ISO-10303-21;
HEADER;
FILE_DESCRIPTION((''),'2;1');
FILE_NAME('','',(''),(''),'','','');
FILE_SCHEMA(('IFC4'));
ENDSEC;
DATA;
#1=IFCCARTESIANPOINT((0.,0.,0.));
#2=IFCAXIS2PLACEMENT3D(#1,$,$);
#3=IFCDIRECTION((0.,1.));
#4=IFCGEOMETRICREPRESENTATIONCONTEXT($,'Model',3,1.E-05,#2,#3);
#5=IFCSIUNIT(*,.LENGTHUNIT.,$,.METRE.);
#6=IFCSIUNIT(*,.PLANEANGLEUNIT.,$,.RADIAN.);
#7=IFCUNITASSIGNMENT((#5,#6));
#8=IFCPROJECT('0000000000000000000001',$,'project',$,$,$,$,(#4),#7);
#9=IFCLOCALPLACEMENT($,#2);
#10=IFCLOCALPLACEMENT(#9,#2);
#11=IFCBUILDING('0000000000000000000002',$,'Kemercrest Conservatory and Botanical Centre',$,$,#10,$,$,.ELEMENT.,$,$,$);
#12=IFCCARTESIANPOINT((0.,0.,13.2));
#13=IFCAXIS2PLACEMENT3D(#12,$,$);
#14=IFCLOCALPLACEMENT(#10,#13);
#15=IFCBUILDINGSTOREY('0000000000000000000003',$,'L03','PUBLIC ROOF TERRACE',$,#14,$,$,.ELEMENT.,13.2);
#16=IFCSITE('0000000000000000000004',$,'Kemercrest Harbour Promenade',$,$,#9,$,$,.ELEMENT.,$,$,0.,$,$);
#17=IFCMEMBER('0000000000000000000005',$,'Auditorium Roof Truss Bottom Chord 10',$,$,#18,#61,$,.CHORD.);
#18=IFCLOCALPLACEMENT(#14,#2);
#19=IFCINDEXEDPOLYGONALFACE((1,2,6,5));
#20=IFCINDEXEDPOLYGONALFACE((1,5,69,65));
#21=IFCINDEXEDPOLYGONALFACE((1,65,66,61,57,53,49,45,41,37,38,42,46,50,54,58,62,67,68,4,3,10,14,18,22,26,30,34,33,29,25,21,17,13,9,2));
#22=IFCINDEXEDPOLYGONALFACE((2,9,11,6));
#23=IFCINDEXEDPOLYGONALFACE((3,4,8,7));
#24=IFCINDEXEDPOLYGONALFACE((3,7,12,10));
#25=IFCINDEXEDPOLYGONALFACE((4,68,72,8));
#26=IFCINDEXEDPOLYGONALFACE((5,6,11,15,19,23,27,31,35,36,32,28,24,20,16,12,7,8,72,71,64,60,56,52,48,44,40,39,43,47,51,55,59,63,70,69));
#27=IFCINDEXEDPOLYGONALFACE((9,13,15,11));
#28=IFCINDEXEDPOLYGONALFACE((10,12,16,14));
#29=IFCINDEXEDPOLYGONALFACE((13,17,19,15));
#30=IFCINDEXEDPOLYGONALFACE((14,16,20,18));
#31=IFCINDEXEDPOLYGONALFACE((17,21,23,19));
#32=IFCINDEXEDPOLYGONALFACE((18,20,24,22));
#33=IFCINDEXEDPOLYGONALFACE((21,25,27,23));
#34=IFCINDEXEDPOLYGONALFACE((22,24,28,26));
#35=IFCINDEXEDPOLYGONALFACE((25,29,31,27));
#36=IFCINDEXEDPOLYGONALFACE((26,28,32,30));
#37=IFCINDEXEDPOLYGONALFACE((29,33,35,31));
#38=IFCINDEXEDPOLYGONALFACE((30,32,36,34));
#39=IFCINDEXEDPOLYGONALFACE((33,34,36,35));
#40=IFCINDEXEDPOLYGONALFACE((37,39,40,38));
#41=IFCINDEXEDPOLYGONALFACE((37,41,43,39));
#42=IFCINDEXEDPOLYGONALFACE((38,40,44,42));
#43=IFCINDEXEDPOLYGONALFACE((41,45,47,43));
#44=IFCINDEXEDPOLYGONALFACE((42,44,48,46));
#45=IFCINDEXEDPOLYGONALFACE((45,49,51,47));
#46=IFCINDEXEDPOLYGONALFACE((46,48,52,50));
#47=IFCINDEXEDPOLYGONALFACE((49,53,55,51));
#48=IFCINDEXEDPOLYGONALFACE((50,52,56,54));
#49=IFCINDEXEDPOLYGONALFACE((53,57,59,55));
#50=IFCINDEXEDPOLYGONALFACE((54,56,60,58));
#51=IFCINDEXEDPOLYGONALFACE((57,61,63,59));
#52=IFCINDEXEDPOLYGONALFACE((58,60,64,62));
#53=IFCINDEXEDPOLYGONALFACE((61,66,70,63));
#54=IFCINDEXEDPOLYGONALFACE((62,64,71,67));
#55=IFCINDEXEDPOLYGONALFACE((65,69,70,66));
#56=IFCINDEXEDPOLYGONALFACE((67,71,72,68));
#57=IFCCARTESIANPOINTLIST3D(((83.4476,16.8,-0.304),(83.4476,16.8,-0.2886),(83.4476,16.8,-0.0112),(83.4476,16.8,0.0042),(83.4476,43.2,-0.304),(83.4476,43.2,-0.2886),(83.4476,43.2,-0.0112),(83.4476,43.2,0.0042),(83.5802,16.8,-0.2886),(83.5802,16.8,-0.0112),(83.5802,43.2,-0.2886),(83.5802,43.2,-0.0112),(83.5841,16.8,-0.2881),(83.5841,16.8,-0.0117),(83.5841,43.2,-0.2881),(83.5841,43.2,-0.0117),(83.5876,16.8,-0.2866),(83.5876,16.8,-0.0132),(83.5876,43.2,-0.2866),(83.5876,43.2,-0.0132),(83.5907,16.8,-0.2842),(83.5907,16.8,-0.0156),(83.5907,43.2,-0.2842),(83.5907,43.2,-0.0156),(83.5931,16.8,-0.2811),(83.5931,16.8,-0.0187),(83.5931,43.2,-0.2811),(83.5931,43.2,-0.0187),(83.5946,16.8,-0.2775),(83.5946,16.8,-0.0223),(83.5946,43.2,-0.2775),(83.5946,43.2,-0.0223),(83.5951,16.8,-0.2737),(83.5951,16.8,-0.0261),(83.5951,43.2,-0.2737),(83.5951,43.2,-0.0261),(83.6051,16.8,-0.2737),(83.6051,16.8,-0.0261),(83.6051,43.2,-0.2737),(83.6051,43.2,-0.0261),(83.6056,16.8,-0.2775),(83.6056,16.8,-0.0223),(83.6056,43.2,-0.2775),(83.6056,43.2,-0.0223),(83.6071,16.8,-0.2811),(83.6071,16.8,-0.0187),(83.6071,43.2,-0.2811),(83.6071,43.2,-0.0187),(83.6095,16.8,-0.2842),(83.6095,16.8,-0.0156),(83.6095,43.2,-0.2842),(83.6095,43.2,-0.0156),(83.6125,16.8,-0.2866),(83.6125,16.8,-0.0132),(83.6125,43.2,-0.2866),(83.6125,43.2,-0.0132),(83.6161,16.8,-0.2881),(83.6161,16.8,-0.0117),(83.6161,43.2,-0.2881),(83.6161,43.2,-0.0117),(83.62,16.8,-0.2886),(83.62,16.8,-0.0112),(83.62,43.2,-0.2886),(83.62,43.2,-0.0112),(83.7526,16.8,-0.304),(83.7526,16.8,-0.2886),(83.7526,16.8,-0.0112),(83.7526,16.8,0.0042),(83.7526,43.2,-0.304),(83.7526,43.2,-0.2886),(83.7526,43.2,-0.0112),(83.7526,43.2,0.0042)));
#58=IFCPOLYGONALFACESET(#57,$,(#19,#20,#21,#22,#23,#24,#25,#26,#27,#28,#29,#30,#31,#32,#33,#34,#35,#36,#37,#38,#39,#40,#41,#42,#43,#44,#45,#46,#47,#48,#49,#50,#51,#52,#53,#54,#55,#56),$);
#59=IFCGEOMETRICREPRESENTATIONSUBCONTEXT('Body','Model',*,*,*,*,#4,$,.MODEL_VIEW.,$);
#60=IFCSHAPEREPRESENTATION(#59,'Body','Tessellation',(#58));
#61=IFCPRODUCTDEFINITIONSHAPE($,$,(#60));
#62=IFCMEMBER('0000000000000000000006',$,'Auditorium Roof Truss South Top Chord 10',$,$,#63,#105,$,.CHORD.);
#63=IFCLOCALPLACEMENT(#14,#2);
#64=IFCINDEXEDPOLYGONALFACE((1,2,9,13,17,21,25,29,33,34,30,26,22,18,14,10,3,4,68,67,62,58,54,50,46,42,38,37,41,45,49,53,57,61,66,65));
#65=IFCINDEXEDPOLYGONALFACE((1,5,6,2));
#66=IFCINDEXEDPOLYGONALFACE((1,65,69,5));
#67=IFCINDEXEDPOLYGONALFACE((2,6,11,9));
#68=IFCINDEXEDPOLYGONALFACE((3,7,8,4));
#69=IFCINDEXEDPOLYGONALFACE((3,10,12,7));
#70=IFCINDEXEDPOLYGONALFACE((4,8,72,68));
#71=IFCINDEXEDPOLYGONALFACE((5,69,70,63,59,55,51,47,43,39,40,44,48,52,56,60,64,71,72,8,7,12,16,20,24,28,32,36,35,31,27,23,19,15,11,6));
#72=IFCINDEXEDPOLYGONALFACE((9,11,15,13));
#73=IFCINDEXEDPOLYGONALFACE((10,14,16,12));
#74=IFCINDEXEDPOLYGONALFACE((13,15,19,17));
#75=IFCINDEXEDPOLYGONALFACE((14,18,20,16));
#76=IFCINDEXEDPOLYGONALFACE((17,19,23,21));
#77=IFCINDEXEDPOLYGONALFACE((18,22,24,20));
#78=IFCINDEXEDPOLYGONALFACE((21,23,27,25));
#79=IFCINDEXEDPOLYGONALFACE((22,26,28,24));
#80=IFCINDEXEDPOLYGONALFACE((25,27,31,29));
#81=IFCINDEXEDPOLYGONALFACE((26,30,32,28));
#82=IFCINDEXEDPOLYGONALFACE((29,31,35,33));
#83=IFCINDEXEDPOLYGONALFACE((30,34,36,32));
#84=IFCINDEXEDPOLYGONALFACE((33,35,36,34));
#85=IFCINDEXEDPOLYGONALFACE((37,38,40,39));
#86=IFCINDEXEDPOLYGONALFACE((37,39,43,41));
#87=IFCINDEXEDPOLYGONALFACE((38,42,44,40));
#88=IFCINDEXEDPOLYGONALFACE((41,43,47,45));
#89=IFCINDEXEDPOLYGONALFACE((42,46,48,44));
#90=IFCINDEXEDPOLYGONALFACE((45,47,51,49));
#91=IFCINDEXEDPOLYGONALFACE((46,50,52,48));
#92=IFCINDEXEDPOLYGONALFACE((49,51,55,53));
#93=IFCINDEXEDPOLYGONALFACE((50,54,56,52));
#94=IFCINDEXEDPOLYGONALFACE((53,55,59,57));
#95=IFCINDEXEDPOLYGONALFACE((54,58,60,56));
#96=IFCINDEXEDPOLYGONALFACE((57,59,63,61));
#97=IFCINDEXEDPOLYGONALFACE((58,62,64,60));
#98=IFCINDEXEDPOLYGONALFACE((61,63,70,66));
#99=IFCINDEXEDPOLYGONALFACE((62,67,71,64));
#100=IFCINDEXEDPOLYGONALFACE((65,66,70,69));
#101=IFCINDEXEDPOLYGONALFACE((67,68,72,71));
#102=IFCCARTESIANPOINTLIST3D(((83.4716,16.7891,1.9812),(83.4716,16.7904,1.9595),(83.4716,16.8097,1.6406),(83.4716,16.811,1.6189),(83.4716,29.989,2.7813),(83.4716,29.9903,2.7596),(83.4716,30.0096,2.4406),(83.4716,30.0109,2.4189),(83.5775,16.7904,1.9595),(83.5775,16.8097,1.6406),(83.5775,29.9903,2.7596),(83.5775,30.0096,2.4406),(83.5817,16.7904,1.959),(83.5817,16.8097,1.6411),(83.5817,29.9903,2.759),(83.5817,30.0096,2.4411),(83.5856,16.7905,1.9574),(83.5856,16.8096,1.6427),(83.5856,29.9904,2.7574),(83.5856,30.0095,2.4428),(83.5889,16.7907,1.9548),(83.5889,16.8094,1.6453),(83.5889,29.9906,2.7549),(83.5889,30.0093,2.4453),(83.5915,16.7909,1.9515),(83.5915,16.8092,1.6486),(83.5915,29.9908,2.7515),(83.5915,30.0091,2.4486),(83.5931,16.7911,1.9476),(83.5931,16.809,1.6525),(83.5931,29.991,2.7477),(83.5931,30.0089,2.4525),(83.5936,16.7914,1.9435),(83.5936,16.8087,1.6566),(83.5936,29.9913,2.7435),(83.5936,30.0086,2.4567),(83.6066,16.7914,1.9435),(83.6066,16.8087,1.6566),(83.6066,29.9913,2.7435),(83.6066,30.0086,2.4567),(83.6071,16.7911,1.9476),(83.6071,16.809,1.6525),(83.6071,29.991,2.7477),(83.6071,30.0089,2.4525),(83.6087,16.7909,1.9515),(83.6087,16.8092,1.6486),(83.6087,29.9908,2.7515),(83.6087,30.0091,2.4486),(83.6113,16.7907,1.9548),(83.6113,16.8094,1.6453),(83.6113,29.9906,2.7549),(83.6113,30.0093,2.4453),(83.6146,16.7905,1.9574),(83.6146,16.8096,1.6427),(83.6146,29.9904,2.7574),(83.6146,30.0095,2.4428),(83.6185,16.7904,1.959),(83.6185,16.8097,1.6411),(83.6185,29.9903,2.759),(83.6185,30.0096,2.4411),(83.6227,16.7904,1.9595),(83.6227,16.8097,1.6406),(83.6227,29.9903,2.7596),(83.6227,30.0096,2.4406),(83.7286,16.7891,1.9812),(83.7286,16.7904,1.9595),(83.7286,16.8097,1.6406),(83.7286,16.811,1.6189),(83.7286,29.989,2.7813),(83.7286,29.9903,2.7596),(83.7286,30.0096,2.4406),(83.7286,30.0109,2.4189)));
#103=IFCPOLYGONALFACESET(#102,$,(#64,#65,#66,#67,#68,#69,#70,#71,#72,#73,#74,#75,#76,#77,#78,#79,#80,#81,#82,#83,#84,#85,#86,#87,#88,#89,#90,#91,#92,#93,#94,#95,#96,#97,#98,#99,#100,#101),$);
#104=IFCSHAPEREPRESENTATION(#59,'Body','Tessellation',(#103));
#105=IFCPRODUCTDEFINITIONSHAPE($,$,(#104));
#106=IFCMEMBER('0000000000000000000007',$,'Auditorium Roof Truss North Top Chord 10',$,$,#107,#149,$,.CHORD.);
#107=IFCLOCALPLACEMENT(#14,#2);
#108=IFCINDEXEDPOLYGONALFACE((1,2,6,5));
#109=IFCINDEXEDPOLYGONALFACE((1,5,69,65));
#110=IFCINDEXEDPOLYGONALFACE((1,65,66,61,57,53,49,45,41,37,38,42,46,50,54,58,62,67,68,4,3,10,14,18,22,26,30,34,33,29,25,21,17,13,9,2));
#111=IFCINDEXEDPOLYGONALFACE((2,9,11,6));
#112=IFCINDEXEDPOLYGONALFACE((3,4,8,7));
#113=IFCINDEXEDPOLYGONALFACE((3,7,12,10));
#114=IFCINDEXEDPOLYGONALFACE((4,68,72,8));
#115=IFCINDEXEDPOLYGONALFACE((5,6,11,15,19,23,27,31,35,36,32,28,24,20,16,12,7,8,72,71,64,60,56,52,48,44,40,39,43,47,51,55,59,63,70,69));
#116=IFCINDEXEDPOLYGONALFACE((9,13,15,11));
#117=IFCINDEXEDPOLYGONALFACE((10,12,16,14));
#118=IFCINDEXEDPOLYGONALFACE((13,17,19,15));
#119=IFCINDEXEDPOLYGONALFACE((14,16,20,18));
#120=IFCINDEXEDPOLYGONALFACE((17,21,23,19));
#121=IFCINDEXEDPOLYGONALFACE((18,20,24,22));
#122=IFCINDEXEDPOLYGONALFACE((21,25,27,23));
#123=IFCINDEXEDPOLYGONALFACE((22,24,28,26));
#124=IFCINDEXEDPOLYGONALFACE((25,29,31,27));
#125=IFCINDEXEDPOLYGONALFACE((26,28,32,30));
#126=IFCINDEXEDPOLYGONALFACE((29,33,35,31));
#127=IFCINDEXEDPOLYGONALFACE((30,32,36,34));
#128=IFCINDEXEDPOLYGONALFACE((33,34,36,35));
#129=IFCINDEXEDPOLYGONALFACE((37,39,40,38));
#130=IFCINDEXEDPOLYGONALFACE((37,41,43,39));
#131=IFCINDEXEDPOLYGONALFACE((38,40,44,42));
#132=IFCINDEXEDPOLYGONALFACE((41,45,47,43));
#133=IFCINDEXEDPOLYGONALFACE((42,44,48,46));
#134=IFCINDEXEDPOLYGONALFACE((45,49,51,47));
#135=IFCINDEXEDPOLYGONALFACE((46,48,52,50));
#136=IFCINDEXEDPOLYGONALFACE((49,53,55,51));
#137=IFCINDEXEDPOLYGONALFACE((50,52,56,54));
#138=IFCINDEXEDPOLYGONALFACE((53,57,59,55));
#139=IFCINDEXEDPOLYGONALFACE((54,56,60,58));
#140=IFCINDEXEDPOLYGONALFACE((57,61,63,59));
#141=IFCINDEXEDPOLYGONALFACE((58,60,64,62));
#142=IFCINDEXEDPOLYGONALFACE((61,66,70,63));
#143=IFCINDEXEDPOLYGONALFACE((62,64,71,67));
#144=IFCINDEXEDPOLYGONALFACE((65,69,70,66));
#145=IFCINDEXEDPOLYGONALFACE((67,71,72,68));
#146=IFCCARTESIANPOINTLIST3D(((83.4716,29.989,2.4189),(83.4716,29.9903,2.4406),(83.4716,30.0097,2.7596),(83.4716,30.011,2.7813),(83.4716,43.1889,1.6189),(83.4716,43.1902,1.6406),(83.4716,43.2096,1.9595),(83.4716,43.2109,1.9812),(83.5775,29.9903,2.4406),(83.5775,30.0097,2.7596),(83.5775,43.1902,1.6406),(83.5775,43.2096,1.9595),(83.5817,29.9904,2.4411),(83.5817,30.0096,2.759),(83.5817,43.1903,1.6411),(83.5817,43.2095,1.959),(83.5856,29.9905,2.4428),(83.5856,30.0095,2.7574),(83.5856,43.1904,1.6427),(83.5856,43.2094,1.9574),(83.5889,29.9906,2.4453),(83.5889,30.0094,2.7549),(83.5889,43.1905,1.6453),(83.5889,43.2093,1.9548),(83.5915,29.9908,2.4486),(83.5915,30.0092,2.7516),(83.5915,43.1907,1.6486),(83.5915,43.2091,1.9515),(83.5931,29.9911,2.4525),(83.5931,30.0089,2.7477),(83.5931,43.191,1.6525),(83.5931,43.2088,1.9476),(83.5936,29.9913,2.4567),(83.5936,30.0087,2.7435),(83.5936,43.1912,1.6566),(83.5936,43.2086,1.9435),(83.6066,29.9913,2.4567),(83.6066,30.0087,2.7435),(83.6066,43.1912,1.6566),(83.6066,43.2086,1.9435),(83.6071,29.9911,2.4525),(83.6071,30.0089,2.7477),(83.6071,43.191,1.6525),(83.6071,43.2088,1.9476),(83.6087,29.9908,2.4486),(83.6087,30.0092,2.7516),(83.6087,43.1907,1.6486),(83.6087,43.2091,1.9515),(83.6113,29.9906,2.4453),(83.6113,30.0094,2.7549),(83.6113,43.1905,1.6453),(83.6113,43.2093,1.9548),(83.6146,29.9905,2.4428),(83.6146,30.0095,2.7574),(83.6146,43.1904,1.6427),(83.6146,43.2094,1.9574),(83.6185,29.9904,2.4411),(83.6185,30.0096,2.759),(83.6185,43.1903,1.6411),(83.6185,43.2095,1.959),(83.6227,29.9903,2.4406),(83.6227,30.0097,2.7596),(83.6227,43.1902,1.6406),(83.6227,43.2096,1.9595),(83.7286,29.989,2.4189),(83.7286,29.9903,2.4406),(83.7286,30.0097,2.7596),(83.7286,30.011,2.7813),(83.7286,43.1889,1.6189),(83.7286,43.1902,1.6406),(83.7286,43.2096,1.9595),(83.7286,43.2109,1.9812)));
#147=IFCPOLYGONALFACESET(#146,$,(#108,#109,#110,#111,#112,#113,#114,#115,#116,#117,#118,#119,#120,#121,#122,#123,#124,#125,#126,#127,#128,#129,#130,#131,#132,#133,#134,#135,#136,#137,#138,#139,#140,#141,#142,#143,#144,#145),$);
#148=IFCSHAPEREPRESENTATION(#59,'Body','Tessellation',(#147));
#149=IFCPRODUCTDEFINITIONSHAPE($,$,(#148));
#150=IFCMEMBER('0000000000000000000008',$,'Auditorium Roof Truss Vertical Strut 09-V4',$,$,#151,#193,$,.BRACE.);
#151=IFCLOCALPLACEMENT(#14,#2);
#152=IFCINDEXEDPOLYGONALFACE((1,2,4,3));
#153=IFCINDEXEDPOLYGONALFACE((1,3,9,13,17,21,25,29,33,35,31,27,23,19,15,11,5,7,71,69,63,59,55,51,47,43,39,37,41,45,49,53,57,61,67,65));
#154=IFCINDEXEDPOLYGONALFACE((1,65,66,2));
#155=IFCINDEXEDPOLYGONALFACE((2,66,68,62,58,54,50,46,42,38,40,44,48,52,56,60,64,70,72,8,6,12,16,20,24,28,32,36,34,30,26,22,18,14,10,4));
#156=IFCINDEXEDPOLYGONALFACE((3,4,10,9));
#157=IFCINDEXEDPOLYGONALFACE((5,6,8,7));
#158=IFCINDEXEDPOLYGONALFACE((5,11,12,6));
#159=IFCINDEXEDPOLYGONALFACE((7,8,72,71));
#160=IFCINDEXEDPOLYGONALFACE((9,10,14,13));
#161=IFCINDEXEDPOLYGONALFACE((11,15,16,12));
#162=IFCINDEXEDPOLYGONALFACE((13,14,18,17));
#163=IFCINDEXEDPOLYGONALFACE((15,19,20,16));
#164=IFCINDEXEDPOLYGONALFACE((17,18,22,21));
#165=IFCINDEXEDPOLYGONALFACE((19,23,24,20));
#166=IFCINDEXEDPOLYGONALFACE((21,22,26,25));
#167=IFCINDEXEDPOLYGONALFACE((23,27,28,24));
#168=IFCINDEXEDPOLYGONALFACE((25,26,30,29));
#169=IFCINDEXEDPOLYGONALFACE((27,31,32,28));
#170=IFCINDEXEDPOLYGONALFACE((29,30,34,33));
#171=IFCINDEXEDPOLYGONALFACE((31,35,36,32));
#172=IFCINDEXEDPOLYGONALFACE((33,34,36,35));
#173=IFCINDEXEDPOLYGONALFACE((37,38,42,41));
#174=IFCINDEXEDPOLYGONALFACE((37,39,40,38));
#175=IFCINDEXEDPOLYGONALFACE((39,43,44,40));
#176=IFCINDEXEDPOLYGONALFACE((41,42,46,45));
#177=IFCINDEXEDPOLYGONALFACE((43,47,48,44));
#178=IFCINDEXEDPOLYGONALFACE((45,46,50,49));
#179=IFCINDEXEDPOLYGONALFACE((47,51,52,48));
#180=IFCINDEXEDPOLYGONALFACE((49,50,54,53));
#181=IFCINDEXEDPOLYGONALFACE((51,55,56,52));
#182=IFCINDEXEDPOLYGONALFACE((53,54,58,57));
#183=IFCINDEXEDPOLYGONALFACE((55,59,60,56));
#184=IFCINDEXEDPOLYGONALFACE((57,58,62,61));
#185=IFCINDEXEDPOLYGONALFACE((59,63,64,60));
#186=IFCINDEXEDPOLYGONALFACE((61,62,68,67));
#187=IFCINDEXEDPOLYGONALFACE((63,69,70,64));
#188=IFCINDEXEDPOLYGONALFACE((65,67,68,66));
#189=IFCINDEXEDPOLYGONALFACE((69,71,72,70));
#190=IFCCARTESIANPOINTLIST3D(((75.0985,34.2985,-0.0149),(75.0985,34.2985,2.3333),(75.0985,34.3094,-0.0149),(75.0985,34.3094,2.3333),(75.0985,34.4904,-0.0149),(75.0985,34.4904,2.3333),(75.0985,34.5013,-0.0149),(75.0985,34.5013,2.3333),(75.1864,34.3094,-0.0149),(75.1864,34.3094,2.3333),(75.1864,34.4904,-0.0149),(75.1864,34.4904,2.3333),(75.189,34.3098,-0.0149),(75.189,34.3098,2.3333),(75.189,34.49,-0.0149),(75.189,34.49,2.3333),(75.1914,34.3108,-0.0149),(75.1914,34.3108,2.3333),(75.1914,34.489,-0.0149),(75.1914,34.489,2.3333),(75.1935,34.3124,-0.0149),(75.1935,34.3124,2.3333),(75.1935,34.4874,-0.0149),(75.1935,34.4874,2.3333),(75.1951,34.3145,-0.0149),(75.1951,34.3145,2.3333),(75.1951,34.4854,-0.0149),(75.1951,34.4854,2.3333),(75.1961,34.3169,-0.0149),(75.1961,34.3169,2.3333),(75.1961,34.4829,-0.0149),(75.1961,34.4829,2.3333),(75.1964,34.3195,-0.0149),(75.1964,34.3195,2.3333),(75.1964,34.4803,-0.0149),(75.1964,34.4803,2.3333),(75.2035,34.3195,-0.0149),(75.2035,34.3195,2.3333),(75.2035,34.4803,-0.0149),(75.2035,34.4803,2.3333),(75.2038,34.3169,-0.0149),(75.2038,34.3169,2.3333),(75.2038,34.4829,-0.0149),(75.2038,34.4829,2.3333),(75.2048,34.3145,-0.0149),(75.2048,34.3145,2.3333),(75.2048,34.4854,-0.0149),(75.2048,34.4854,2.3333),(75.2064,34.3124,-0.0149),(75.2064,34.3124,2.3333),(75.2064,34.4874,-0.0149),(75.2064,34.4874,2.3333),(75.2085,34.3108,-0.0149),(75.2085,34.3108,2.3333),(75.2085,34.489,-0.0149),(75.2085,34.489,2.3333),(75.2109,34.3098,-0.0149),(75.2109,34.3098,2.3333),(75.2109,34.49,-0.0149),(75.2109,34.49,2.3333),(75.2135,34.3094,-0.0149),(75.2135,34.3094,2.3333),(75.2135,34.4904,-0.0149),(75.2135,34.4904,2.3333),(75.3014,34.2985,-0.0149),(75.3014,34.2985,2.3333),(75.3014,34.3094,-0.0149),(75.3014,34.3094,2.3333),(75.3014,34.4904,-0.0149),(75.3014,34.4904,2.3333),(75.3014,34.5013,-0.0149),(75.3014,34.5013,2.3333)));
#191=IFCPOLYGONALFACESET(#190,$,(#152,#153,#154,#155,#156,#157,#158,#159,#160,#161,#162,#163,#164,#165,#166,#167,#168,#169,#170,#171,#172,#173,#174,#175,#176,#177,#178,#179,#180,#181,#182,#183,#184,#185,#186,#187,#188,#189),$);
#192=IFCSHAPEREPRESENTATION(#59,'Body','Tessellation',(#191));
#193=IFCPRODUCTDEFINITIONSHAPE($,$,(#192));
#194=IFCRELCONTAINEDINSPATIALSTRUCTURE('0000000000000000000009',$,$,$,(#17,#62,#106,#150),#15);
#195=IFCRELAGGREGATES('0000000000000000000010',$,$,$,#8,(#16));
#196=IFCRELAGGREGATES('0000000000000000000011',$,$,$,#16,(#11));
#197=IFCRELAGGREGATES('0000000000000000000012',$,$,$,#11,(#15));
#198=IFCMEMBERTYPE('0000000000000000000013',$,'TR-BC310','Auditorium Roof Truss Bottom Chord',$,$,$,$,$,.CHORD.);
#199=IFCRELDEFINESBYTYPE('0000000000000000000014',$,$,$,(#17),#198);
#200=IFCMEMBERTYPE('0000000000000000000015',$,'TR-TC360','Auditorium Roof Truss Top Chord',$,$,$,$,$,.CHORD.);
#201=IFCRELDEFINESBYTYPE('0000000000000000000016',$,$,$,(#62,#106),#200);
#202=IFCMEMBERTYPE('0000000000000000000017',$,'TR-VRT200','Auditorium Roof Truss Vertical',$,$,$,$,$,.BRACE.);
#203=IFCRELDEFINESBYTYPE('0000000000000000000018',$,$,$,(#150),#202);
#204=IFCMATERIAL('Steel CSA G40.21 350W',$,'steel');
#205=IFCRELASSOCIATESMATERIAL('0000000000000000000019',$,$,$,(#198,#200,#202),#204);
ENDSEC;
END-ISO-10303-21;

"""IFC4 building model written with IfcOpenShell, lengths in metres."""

from ifc_helpers import new_model, si_unit, direction, frame, origin, origin_2d, place, context, subcontext, project, spatial, i_section, extrude, material, material_profile, profile_set, type_object, element, save


model = new_model("IFC4")

# Units and contexts
model_context = context("Model", 3, precision=1e-05, world=origin(), true_north=direction((0.0, 1.0)))
body_context = subcontext(model_context, "Body", "Model", "MODEL_VIEW")
ifc_project = project(units=[si_unit("LENGTHUNIT", "METRE"), si_unit("PLANEANGLEUNIT", "RADIAN")], contexts=[model_context])

# Site, building, storey
site_placement = place(None, origin())
site = spatial("IfcSite", under=ifc_project, at=site_placement, Name="Kemercrest Harbour Promenade", CompositionType="ELEMENT", RefElevation=0.0)
building_placement = place(site_placement, origin())
building = spatial("IfcBuilding", under=site, at=building_placement, Name="Kemercrest Conservatory and Botanical Centre", CompositionType="ELEMENT")
storey_placement = place(building_placement, frame((0.0, 0.0, 13.2)))
storey = spatial("IfcBuildingStorey", under=building, at=storey_placement, Name="L03", Description="PUBLIC ROOF TERRACE", CompositionType="ELEMENT", Elevation=13.2)

# Members
ifc_material = material(Name="Steel CSA G40.21 350W", Category="steel")
ifc_material_profile_1 = material_profile(ifc_material, i_section(OverallWidth=0.3049, OverallDepth=0.3081, WebThickness=0.01, FlangeThickness=0.0154, FilletRadius=0.0149, at=origin_2d()), Name="W310X97")
ifc_profile_set_1 = profile_set([ifc_material_profile_1], Name="Steel CSA G40.21 350W")
member_type_1 = type_object("IfcMemberType", Name="TR-BC310", Description="Auditorium Roof Truss Bottom Chord", PredefinedType="CHORD", material=ifc_profile_set_1)
member_1_placement = place(storey_placement, frame((83.6001, 16.8, -0.1499), z_axis=(0.0, 1.0, 0.0), x_axis=(-1.0, 0.0, 0.0)))
element("IfcMember", 1, at=member_1_placement, inside=storey, type_object=member_type_1, Name="Auditorium Roof Truss Bottom Chord 10", PredefinedType="CHORD", context=body_context, shape_type="SweptSolid", body=[
    extrude(i_section(OverallWidth=0.3049, OverallDepth=0.3081, WebThickness=0.01, FlangeThickness=0.0154, FilletRadius=0.0149, at=origin_2d()), origin(), (0.0, 0.0, 1.0), 26.3999),
])
ifc_material_profile_2 = material_profile(ifc_material, i_section(OverallWidth=0.2571, OverallDepth=0.363, WebThickness=0.0129, FlangeThickness=0.0217, FilletRadius=0.0161, at=origin_2d()), Name="W360X122")
ifc_profile_set_2 = profile_set([ifc_material_profile_2], Name="Steel CSA G40.21 350W")
member_type_2 = type_object("IfcMemberType", Name="TR-TC360", Description="Auditorium Roof Truss Top Chord", PredefinedType="CHORD", material=ifc_profile_set_2)
for number, where, z_axis, x_axis, name in (
    (2, (83.6001, 16.8, 1.8), (0.0, 0.998168, 0.060499), (-1.0, 0.0, 0.0), "Auditorium Roof Truss South Top Chord 10"),
    (3, (83.6001, 30.0, 2.6001), (0.0, 0.998168, -0.060499), (-1.0, 0.0, 0.0), "Auditorium Roof Truss North Top Chord 10"),
):
    element("IfcMember", number, at=place(storey_placement, frame(where, z_axis=z_axis, x_axis=x_axis)), inside=storey, type_object=member_type_2, Name=name, PredefinedType="CHORD", context=body_context, shape_type="SweptSolid", body=[
        extrude(i_section(OverallWidth=0.2571, OverallDepth=0.363, WebThickness=0.0129, FlangeThickness=0.0217, FilletRadius=0.0161, at=origin_2d()), origin(), (0.0, 0.0, 1.0), 13.2241),
    ])
ifc_material_profile_3 = material_profile(ifc_material, i_section(OverallWidth=0.2029, OverallDepth=0.2029, WebThickness=0.0071, FlangeThickness=0.011, FilletRadius=0.01, at=origin_2d()), Name="W200X46")
ifc_profile_set_3 = profile_set([ifc_material_profile_3], Name="Steel CSA G40.21 350W")
member_type_3 = type_object("IfcMemberType", Name="TR-VRT200", Description="Auditorium Roof Truss Vertical", PredefinedType="BRACE", material=ifc_profile_set_3)
member_2_placement = place(storey_placement, frame((75.2, 34.3999, -0.0149), z_axis=(0.0, 0.0, 1.0), x_axis=(1.0, 0.0, 0.0)))
element("IfcMember", 4, at=member_2_placement, inside=storey, type_object=member_type_3, Name="Auditorium Roof Truss Vertical Strut 09-V4", PredefinedType="BRACE", context=body_context, shape_type="SweptSolid", body=[
    extrude(i_section(OverallWidth=0.2029, OverallDepth=0.2029, WebThickness=0.0071, FlangeThickness=0.011, FilletRadius=0.01, at=origin_2d()), origin(), (0.0, 0.0, 1.0), 2.3481),
])

save(model, "model.ifc")
